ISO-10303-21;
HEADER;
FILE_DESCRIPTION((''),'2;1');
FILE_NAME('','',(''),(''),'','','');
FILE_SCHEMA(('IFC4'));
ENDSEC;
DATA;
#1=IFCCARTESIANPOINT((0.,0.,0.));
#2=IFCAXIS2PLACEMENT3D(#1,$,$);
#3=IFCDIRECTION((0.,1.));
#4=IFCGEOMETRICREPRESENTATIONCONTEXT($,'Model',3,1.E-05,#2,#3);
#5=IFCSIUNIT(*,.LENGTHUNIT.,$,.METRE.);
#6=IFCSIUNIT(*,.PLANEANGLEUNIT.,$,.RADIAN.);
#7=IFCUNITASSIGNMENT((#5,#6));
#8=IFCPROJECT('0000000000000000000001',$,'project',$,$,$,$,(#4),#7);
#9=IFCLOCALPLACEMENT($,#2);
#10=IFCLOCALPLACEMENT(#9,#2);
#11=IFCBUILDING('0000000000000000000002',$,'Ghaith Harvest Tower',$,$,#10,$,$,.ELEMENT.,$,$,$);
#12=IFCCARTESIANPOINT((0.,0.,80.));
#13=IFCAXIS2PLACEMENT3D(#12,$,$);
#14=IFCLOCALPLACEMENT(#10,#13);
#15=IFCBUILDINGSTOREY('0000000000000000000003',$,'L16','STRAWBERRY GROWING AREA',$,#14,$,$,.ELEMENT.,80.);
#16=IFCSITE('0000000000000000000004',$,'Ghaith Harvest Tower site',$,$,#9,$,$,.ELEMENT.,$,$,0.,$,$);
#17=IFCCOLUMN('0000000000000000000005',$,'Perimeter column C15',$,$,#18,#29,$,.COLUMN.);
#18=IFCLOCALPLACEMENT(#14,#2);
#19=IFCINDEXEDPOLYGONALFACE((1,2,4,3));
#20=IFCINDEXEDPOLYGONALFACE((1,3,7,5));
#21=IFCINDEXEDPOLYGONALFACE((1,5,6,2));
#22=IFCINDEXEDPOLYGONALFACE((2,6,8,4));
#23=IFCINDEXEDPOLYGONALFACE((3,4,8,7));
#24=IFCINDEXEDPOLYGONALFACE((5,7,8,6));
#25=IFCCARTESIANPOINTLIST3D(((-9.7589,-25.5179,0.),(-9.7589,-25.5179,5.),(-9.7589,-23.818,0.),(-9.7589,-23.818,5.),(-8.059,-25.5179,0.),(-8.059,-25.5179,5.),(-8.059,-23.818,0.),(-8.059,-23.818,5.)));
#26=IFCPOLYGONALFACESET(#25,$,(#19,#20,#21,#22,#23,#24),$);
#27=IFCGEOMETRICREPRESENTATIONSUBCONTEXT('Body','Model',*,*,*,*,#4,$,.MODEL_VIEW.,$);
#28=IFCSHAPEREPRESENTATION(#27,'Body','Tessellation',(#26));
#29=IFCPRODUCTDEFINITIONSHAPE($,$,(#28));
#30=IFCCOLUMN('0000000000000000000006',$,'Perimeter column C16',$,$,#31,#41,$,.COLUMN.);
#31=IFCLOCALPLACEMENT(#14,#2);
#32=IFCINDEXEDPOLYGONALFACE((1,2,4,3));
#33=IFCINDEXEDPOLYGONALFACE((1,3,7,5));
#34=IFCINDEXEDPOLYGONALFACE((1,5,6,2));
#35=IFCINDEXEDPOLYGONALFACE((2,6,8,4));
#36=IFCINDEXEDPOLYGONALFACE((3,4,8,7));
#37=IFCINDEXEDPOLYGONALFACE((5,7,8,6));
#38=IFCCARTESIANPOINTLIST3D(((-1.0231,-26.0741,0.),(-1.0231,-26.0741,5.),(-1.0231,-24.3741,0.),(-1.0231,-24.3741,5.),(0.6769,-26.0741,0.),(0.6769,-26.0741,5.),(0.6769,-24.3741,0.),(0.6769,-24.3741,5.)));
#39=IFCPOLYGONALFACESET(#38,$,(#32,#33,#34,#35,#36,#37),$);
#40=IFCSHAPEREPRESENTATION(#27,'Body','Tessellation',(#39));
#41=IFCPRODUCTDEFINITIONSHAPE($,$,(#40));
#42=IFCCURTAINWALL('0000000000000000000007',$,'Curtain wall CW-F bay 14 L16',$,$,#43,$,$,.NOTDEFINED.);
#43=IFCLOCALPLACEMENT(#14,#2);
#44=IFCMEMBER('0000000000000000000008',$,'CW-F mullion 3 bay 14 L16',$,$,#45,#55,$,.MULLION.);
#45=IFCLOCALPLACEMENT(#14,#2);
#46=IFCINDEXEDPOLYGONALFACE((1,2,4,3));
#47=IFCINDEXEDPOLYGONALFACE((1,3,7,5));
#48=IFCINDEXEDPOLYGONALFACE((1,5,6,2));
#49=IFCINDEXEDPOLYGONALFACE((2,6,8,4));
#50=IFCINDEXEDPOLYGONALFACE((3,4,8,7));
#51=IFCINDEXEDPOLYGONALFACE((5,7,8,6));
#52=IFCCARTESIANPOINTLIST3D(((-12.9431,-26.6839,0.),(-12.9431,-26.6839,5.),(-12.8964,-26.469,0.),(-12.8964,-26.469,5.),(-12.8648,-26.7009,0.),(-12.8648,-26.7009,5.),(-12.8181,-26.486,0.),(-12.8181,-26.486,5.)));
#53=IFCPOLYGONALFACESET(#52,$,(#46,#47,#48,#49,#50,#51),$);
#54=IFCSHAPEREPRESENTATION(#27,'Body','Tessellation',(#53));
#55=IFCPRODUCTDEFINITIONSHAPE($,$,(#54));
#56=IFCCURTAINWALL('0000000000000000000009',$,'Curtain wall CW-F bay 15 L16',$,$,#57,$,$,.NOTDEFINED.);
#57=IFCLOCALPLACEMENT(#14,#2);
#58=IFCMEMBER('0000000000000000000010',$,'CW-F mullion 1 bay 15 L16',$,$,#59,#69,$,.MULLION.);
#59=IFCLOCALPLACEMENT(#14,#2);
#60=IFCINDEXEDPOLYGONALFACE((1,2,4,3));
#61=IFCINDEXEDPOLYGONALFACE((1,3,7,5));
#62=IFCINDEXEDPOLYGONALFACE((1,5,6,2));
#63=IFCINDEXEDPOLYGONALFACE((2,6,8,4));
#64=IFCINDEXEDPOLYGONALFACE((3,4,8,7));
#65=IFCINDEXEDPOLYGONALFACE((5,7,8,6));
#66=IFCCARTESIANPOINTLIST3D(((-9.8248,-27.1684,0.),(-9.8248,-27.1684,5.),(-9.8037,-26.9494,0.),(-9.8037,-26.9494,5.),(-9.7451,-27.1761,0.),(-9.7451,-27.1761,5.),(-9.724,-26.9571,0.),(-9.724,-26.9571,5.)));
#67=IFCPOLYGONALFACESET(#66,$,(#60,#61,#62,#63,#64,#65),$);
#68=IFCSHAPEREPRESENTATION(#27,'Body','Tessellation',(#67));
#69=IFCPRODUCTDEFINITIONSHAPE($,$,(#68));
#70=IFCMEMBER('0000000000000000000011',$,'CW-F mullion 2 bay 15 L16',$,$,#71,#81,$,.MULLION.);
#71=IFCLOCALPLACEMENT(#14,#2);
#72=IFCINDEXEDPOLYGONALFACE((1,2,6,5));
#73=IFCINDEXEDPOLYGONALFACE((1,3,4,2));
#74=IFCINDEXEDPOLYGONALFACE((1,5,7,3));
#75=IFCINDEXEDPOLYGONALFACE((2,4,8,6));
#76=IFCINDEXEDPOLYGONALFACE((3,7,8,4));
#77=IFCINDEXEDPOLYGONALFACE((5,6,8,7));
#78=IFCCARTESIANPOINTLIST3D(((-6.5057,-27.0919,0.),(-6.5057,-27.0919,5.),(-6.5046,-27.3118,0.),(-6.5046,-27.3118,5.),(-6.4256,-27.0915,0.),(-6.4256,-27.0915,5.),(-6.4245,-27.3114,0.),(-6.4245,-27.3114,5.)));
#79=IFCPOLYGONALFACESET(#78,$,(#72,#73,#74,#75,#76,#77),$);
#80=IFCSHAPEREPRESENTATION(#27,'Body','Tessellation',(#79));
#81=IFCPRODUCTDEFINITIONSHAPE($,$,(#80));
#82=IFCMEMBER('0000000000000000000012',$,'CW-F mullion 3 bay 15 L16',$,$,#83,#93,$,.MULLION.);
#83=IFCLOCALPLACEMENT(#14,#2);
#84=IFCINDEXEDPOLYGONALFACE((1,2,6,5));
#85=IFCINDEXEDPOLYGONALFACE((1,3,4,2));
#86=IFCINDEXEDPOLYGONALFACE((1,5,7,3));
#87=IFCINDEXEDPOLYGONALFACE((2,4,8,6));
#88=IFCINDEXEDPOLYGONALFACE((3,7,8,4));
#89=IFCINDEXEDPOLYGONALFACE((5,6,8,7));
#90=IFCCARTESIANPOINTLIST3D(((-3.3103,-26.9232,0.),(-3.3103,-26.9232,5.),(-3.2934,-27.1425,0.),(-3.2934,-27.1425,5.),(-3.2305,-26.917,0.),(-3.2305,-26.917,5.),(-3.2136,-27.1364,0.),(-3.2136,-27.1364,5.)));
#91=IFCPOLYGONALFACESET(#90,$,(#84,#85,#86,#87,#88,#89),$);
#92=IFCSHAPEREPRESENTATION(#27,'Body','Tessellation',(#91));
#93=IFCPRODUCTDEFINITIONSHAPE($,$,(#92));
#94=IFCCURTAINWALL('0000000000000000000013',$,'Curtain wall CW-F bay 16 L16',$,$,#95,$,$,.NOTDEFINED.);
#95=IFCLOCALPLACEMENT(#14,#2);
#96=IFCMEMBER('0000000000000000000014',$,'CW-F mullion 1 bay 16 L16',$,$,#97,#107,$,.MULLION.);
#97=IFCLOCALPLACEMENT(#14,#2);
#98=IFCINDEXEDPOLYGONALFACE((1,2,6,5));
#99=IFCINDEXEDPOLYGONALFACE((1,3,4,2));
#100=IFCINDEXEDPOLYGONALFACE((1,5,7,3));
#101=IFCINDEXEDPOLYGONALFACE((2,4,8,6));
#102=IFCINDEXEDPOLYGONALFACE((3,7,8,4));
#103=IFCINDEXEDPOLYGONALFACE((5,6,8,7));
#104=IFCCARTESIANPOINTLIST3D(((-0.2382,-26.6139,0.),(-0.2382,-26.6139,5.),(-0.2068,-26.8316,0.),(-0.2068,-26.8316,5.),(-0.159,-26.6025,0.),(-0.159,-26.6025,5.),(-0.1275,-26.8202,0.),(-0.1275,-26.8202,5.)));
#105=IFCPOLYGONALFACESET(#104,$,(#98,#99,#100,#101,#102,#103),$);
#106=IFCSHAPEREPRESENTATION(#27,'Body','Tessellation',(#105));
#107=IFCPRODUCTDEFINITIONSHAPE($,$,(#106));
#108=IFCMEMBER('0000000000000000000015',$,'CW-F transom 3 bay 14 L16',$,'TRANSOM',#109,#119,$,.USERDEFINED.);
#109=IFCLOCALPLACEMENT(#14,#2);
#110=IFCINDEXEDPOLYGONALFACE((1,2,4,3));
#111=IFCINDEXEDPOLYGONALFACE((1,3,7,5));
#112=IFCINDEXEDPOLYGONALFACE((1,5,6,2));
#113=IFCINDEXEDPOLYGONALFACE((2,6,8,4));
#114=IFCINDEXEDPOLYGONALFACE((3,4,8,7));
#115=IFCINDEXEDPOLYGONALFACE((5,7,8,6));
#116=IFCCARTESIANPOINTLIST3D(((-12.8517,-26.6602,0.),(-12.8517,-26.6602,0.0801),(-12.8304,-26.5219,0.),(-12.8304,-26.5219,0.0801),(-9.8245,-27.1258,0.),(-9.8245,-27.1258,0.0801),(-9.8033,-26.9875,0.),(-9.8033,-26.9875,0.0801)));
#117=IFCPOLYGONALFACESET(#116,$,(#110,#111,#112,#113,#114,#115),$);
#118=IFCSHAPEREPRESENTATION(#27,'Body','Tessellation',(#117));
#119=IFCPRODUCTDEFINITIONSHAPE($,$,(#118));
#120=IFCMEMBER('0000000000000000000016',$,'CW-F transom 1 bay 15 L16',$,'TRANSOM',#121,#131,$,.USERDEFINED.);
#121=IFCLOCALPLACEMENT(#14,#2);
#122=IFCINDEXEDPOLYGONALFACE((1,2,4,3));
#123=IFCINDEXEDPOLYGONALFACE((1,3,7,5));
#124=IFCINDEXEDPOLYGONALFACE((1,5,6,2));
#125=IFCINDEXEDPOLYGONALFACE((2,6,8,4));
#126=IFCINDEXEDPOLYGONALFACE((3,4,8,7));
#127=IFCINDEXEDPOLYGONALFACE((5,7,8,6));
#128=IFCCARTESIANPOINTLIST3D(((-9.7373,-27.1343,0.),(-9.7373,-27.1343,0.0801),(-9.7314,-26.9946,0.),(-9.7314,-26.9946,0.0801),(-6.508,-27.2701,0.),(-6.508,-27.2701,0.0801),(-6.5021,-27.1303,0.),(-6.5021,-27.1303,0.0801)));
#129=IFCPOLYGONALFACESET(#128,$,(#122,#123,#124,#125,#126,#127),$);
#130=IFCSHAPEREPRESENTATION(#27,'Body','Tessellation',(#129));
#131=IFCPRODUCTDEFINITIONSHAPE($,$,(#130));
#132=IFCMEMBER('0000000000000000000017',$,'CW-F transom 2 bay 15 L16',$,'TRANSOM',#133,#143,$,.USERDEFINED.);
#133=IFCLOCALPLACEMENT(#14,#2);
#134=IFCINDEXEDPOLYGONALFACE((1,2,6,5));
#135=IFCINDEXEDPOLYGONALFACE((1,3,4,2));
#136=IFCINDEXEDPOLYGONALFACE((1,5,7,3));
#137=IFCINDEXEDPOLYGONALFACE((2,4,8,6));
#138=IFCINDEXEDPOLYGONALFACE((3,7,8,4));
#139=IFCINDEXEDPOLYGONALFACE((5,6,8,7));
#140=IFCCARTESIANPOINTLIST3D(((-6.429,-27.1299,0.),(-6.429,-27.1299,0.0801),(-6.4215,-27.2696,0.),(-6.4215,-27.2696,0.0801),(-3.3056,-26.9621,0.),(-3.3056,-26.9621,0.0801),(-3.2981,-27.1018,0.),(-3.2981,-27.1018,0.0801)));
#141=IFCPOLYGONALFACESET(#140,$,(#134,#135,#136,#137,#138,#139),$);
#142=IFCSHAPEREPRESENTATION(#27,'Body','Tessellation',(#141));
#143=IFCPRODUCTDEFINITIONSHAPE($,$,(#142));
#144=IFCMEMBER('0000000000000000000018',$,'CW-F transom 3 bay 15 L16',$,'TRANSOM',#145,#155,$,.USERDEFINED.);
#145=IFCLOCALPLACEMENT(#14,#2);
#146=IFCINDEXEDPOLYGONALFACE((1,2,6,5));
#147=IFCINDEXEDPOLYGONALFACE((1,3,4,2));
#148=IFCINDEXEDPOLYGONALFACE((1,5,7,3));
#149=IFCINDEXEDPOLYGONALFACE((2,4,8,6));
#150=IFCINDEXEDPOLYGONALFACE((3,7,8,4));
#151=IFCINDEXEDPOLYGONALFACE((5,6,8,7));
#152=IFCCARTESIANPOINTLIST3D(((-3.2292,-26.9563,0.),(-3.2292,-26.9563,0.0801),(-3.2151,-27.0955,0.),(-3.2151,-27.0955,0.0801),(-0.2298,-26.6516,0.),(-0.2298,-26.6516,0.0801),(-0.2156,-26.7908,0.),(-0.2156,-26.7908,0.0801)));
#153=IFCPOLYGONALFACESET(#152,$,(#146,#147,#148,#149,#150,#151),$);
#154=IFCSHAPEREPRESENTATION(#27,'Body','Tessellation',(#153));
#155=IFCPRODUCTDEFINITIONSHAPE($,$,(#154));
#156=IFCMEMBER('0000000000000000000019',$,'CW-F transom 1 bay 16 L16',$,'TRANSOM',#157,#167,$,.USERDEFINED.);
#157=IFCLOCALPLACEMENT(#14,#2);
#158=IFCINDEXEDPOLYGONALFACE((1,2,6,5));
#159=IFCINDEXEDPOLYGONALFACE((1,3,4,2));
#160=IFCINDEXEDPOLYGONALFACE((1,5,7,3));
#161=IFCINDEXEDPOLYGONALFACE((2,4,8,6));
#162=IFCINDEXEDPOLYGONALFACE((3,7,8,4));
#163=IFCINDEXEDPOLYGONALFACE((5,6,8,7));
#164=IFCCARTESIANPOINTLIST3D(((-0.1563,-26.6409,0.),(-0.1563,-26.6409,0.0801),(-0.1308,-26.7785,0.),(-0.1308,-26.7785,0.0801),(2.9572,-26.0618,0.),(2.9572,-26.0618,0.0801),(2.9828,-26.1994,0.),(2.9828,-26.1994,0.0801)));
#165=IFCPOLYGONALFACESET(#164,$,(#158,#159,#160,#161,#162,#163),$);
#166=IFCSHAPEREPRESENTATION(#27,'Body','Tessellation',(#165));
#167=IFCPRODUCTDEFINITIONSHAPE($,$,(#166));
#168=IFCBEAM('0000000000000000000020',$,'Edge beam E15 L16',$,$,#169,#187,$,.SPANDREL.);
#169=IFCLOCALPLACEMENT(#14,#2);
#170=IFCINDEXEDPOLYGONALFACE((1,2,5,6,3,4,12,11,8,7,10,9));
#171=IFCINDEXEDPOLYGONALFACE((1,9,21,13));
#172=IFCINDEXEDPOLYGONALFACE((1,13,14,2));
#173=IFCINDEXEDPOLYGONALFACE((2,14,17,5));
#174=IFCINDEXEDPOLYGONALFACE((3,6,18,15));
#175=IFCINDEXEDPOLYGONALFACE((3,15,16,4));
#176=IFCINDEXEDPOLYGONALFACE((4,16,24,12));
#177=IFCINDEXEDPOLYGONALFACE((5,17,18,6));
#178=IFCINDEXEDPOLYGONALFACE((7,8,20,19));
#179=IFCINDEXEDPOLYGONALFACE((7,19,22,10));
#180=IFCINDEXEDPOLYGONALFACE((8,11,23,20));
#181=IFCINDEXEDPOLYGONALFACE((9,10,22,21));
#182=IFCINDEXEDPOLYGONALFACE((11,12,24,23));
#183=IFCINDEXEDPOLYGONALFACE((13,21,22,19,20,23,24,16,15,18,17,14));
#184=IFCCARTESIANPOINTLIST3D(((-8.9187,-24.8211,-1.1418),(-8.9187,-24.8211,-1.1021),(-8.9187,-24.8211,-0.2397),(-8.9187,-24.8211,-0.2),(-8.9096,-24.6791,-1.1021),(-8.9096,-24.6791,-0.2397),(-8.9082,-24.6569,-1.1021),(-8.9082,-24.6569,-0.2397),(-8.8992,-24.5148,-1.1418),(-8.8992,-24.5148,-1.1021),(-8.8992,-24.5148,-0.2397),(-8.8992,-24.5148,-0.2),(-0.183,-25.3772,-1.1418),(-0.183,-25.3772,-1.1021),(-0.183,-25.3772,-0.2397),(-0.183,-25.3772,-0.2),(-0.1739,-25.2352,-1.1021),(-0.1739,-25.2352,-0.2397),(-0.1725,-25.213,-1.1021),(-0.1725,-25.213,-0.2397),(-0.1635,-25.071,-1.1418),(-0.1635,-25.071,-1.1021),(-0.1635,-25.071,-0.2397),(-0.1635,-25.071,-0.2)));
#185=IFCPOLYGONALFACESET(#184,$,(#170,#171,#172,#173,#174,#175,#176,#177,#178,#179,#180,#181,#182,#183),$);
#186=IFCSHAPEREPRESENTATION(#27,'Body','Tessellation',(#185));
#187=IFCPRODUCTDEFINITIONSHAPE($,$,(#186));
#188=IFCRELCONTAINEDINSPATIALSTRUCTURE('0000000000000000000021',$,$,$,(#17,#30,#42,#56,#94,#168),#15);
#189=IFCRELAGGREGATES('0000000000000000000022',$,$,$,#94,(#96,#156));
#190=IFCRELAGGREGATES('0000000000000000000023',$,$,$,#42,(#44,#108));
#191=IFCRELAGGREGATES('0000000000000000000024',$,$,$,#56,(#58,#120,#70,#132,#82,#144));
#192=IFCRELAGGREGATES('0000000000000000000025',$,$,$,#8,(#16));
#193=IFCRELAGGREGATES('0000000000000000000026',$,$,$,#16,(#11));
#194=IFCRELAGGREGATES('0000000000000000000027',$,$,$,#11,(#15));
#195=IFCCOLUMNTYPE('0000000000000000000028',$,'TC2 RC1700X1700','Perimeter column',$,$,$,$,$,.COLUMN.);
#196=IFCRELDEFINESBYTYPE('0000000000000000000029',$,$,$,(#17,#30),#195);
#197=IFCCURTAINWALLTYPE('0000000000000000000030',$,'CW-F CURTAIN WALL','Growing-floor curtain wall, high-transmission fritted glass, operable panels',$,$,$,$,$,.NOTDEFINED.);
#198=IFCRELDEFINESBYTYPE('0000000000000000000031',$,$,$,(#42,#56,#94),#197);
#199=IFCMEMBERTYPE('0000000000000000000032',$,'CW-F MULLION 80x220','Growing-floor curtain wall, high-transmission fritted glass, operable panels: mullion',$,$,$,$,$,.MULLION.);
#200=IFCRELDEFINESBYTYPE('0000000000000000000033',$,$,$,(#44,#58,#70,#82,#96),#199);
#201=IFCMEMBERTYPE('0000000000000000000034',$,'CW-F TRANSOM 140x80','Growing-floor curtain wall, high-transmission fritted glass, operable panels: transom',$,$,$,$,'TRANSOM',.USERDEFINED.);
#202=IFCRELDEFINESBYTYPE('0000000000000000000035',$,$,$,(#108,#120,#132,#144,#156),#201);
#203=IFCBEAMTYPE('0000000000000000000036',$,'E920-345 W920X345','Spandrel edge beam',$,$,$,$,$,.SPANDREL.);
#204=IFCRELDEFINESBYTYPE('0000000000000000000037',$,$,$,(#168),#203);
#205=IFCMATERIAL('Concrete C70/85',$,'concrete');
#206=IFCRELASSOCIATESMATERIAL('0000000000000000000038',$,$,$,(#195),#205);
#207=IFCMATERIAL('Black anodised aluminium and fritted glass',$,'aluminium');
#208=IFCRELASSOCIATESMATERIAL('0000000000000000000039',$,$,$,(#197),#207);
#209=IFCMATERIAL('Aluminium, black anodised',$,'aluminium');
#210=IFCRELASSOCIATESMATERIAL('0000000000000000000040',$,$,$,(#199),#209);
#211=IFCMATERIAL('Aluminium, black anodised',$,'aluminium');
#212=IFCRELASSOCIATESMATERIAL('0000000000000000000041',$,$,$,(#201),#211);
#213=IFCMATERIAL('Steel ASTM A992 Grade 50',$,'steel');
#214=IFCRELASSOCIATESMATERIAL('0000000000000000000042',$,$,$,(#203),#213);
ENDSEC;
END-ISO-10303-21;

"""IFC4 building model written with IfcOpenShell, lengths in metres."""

from ifc_helpers import new_model, si_unit, direction, frame, origin, origin_2d, place, context, subcontext, project, spatial, rectangle, i_section, extrude, material, material_profile, profile_set, type_object, element, aggregate, save


model = new_model("IFC4")

# Units and contexts
model_context = context("Model", 3, precision=1e-05, world=origin(), true_north=direction((0.0, 1.0)))
body_context = subcontext(model_context, "Body", "Model", "MODEL_VIEW")
ifc_project = project(units=[si_unit("LENGTHUNIT", "METRE"), si_unit("PLANEANGLEUNIT", "RADIAN")], contexts=[model_context])

# Site, building, storey
site_placement = place(None, origin())
site = spatial("IfcSite", under=ifc_project, at=site_placement, Name="Ghaith Harvest Tower site", CompositionType="ELEMENT", RefElevation=0.0)
building_placement = place(site_placement, origin())
building = spatial("IfcBuilding", under=site, at=building_placement, Name="Ghaith Harvest Tower", CompositionType="ELEMENT")
storey_placement = place(building_placement, frame((0.0, 0.0, 80.0)))
storey = spatial("IfcBuildingStorey", under=building, at=storey_placement, Name="L16", Description="STRAWBERRY GROWING AREA", CompositionType="ELEMENT", Elevation=80.0)

# Columns
ifc_material_1 = material(Name="Concrete C70/85", Category="concrete")
ifc_material_profile_1 = material_profile(ifc_material_1, rectangle(XDim=1.7, YDim=1.7, at=origin_2d()), Name="RC1700X1700")
ifc_profile_set_1 = profile_set([ifc_material_profile_1], Name="Concrete C70/85")
column_type = type_object("IfcColumnType", Name="TC2 RC1700X1700", Description="Perimeter column", PredefinedType="COLUMN", material=ifc_profile_set_1)
for number, where, z_axis, x_axis, name in (
    (1, (-8.9089, -24.668, 0.0), (0.0, 0.0, 1.0), (1.0, 0.0, 0.0), "Perimeter column C15"),
    (2, (-0.1731, -25.2241, 0.0), (0.0, 0.0, 1.0), (1.0, 0.0, 0.0), "Perimeter column C16"),
):
    element("IfcColumn", number, at=place(storey_placement, frame(where, z_axis=z_axis, x_axis=x_axis)), inside=storey, type_object=column_type, Name=name, PredefinedType="COLUMN", context=body_context, shape_type="SweptSolid", body=[
        extrude(rectangle(XDim=1.7, YDim=1.7, at=origin_2d()), origin(), (0.0, 0.0, 1.0), 5.0),
    ])

# Curtain wall, member
ifc_material_2 = material(Name="Black anodised aluminium and fritted glass", Category="aluminium")
curtain_wall_type = type_object("IfcCurtainWallType", Name="CW-F CURTAIN WALL", Description="Growing-floor curtain wall, high-transmission fritted glass, operable panels", PredefinedType="NOTDEFINED", material=ifc_material_2)
curtain_wall_1_placement = place(storey_placement, origin())
curtain_wall_1 = element("IfcCurtainWall", 3, at=curtain_wall_1_placement, inside=storey, type_object=curtain_wall_type, Name="Curtain wall CW-F bay 14 L16", PredefinedType="NOTDEFINED")
ifc_material_3 = material(Name="Aluminium, black anodised", Category="aluminium")
ifc_material_profile_2 = material_profile(ifc_material_3, rectangle(XDim=0.0801, YDim=0.22, at=origin_2d()), Name="CW-F MULLION 80x220")
ifc_profile_set_2 = profile_set([ifc_material_profile_2], Name="Aluminium, black anodised")
member_type_1 = type_object("IfcMemberType", Name="CW-F MULLION 80x220", Description="Growing-floor curtain wall, high-transmission fritted glass, operable panels: mullion", PredefinedType="MULLION", material=ifc_profile_set_2)
member_1_placement = place(storey_placement, frame((-12.8806, -26.585, 0.0), z_axis=(0.0, 0.0, 1.0), x_axis=(0.977207, -0.212289, 0.0)))
member_1 = element("IfcMember", 4, at=member_1_placement, type_object=member_type_1, Name="CW-F mullion 3 bay 14 L16", PredefinedType="MULLION", context=body_context, shape_type="SweptSolid", body=[
    extrude(rectangle(XDim=0.0801, YDim=0.22, at=origin_2d()), origin(), (0.0, 0.0, 1.0), 5.0),
])

# Curtain wall, members
curtain_wall_2_placement = place(storey_placement, origin())
curtain_wall_2 = element("IfcCurtainWall", 5, at=curtain_wall_2_placement, inside=storey, type_object=curtain_wall_type, Name="Curtain wall CW-F bay 15 L16", PredefinedType="NOTDEFINED")
member_2_placement = place(storey_placement, frame((-9.7744, -27.0627, 0.0), z_axis=(0.0, 0.0, 1.0), x_axis=(0.995408, -0.095718, 0.0)))
member_2 = element("IfcMember", 6, at=member_2_placement, type_object=member_type_1, Name="CW-F mullion 1 bay 15 L16", PredefinedType="MULLION", context=body_context, shape_type="SweptSolid", body=[
    extrude(rectangle(XDim=0.0801, YDim=0.22, at=origin_2d()), origin(), (0.0, 0.0, 1.0), 5.0),
])
member_3_placement = place(storey_placement, frame((-6.4651, -27.2017, 0.0), z_axis=(0.0, 0.0, 1.0), x_axis=(0.999987, 0.005058, 0.0)))
member_3 = element("IfcMember", 7, at=member_3_placement, type_object=member_type_1, Name="CW-F mullion 2 bay 15 L16", PredefinedType="MULLION", context=body_context, shape_type="SweptSolid", body=[
    extrude(rectangle(XDim=0.0801, YDim=0.22, at=origin_2d()), origin(), (0.0, 0.0, 1.0), 5.0),
])
member_4_placement = place(storey_placement, frame((-3.262, -27.0298, 0.0), z_axis=(0.0, 0.0, 1.0), x_axis=(0.997038, 0.076917, 0.0)))
member_4 = element("IfcMember", 8, at=member_4_placement, type_object=member_type_1, Name="CW-F mullion 3 bay 15 L16", PredefinedType="MULLION", context=body_context, shape_type="SweptSolid", body=[
    extrude(rectangle(XDim=0.0801, YDim=0.22, at=origin_2d()), origin(), (0.0, 0.0, 1.0), 5.0),
])

# Curtain wall, member
curtain_wall_3_placement = place(storey_placement, origin())
curtain_wall_3 = element("IfcCurtainWall", 9, at=curtain_wall_3_placement, inside=storey, type_object=curtain_wall_type, Name="Curtain wall CW-F bay 16 L16", PredefinedType="NOTDEFINED")
member_5_placement = place(storey_placement, frame((-0.1829, -26.717, 0.0), z_axis=(0.0, 0.0, 1.0), x_axis=(0.989712, 0.143075, 0.0)))
member_5 = element("IfcMember", 10, at=member_5_placement, type_object=member_type_1, Name="CW-F mullion 1 bay 16 L16", PredefinedType="MULLION", context=body_context, shape_type="SweptSolid", body=[
    extrude(rectangle(XDim=0.0801, YDim=0.22, at=origin_2d()), origin(), (0.0, 0.0, 1.0), 5.0),
])

# Members
ifc_material_4 = material(Name="Aluminium, black anodised", Category="aluminium")
ifc_material_profile_3 = material_profile(ifc_material_4, rectangle(XDim=0.1399, YDim=0.0801, at=origin_2d()), Name="CW-F TRANSOM 140x80")
ifc_profile_set_3 = profile_set([ifc_material_profile_3], Name="Aluminium, black anodised")
member_type_2 = type_object("IfcMemberType", Name="CW-F TRANSOM 140x80", Description="Growing-floor curtain wall, high-transmission fritted glass, operable panels: transom", ElementType="TRANSOM", PredefinedType="USERDEFINED", material=ifc_profile_set_3)
member_6_placement = place(storey_placement, frame((-12.8411, -26.5911, 0.04), z_axis=(0.988378, -0.152015, 0.0), x_axis=(0.152015, 0.988378, 0.0)))
member_6 = element("IfcMember", 11, at=member_6_placement, type_object=member_type_2, Name="CW-F transom 3 bay 14 L16", ObjectType="TRANSOM", PredefinedType="USERDEFINED", context=body_context, shape_type="SweptSolid", body=[
    extrude(rectangle(XDim=0.1399, YDim=0.0801, at=origin_2d()), origin(), (0.0, 0.0, 1.0), 3.0627),
])
member_7_placement = place(storey_placement, frame((-9.7344, -27.0645, 0.04), z_axis=(0.999118, -0.041998, 0.0), x_axis=(0.041998, 0.999118, 0.0)))
member_7 = element("IfcMember", 12, at=member_7_placement, type_object=member_type_2, Name="CW-F transom 1 bay 15 L16", ObjectType="TRANSOM", PredefinedType="USERDEFINED", context=body_context, shape_type="SweptSolid", body=[
    extrude(rectangle(XDim=0.1399, YDim=0.0801, at=origin_2d()), origin(), (0.0, 0.0, 1.0), 3.2322),
])
member_8_placement = place(storey_placement, frame((-6.4253, -27.1997, 0.04), z_axis=(0.998561, 0.05362, 0.0), x_axis=(-0.05362, 0.998561, 0.0)))
member_8 = element("IfcMember", 13, at=member_8_placement, type_object=member_type_2, Name="CW-F transom 2 bay 15 L16", ObjectType="TRANSOM", PredefinedType="USERDEFINED", context=body_context, shape_type="SweptSolid", body=[
    extrude(rectangle(XDim=0.1399, YDim=0.0801, at=origin_2d()), origin(), (0.0, 0.0, 1.0), 3.1279),
])
member_9_placement = place(storey_placement, frame((-3.2222, -27.0259, 0.04), z_axis=(0.99488, 0.101059, 0.0), x_axis=(-0.101059, 0.99488, 0.0)))
member_9 = element("IfcMember", 14, at=member_9_placement, type_object=member_type_2, Name="CW-F transom 3 bay 15 L16", ObjectType="TRANSOM", PredefinedType="USERDEFINED", context=body_context, shape_type="SweptSolid", body=[
    extrude(rectangle(XDim=0.1399, YDim=0.0801, at=origin_2d()), origin(), (0.0, 0.0, 1.0), 3.0149),
])
member_10_placement = place(storey_placement, frame((-0.1436, -26.7097, 0.04), z_axis=(0.983139, 0.182859, 0.0), x_axis=(-0.182859, 0.983139, 0.0)))
member_10 = element("IfcMember", 15, at=member_10_placement, type_object=member_type_2, Name="CW-F transom 1 bay 16 L16", ObjectType="TRANSOM", PredefinedType="USERDEFINED", context=body_context, shape_type="SweptSolid", body=[
    extrude(rectangle(XDim=0.1399, YDim=0.0801, at=origin_2d()), origin(), (0.0, 0.0, 1.0), 3.167),
])
aggregate(curtain_wall_3, [member_5, member_10])

# Beam
ifc_material_5 = material(Name="Steel ASTM A992 Grade 50", Category="steel")
ifc_material_profile_4 = material_profile(ifc_material_5, i_section(OverallWidth=0.3069, OverallDepth=0.9419, WebThickness=0.0222, FlangeThickness=0.0398, at=origin_2d()), Name="W920X345")
ifc_profile_set_4 = profile_set([ifc_material_profile_4], Name="Steel ASTM A992 Grade 50")
beam_type_1 = type_object("IfcBeamType", Name="E920-345 W920X345", Description="Spandrel edge beam", PredefinedType="SPANDREL", material=ifc_profile_set_4)
beam_1_placement = place(storey_placement, frame((-8.9089, -24.668, -0.6709), z_axis=(0.99798, -0.063535, 0.0), x_axis=(0.063535, 0.99798, 0.0)))
element("IfcBeam", 16, at=beam_1_placement, inside=storey, type_object=beam_type_1, Name="Edge beam E15 L16", PredefinedType="SPANDREL", context=body_context, shape_type="SweptSolid", body=[
    extrude(i_section(OverallWidth=0.3069, OverallDepth=0.9419, WebThickness=0.0222, FlangeThickness=0.0398, at=origin_2d()), origin(), (0.0, 0.0, 1.0), 8.7534),
])

aggregate(curtain_wall_1, [member_1, member_6])
aggregate(curtain_wall_2, [member_2, member_7, member_3, member_8, member_4, member_9])

save(model, "model.ifc")
